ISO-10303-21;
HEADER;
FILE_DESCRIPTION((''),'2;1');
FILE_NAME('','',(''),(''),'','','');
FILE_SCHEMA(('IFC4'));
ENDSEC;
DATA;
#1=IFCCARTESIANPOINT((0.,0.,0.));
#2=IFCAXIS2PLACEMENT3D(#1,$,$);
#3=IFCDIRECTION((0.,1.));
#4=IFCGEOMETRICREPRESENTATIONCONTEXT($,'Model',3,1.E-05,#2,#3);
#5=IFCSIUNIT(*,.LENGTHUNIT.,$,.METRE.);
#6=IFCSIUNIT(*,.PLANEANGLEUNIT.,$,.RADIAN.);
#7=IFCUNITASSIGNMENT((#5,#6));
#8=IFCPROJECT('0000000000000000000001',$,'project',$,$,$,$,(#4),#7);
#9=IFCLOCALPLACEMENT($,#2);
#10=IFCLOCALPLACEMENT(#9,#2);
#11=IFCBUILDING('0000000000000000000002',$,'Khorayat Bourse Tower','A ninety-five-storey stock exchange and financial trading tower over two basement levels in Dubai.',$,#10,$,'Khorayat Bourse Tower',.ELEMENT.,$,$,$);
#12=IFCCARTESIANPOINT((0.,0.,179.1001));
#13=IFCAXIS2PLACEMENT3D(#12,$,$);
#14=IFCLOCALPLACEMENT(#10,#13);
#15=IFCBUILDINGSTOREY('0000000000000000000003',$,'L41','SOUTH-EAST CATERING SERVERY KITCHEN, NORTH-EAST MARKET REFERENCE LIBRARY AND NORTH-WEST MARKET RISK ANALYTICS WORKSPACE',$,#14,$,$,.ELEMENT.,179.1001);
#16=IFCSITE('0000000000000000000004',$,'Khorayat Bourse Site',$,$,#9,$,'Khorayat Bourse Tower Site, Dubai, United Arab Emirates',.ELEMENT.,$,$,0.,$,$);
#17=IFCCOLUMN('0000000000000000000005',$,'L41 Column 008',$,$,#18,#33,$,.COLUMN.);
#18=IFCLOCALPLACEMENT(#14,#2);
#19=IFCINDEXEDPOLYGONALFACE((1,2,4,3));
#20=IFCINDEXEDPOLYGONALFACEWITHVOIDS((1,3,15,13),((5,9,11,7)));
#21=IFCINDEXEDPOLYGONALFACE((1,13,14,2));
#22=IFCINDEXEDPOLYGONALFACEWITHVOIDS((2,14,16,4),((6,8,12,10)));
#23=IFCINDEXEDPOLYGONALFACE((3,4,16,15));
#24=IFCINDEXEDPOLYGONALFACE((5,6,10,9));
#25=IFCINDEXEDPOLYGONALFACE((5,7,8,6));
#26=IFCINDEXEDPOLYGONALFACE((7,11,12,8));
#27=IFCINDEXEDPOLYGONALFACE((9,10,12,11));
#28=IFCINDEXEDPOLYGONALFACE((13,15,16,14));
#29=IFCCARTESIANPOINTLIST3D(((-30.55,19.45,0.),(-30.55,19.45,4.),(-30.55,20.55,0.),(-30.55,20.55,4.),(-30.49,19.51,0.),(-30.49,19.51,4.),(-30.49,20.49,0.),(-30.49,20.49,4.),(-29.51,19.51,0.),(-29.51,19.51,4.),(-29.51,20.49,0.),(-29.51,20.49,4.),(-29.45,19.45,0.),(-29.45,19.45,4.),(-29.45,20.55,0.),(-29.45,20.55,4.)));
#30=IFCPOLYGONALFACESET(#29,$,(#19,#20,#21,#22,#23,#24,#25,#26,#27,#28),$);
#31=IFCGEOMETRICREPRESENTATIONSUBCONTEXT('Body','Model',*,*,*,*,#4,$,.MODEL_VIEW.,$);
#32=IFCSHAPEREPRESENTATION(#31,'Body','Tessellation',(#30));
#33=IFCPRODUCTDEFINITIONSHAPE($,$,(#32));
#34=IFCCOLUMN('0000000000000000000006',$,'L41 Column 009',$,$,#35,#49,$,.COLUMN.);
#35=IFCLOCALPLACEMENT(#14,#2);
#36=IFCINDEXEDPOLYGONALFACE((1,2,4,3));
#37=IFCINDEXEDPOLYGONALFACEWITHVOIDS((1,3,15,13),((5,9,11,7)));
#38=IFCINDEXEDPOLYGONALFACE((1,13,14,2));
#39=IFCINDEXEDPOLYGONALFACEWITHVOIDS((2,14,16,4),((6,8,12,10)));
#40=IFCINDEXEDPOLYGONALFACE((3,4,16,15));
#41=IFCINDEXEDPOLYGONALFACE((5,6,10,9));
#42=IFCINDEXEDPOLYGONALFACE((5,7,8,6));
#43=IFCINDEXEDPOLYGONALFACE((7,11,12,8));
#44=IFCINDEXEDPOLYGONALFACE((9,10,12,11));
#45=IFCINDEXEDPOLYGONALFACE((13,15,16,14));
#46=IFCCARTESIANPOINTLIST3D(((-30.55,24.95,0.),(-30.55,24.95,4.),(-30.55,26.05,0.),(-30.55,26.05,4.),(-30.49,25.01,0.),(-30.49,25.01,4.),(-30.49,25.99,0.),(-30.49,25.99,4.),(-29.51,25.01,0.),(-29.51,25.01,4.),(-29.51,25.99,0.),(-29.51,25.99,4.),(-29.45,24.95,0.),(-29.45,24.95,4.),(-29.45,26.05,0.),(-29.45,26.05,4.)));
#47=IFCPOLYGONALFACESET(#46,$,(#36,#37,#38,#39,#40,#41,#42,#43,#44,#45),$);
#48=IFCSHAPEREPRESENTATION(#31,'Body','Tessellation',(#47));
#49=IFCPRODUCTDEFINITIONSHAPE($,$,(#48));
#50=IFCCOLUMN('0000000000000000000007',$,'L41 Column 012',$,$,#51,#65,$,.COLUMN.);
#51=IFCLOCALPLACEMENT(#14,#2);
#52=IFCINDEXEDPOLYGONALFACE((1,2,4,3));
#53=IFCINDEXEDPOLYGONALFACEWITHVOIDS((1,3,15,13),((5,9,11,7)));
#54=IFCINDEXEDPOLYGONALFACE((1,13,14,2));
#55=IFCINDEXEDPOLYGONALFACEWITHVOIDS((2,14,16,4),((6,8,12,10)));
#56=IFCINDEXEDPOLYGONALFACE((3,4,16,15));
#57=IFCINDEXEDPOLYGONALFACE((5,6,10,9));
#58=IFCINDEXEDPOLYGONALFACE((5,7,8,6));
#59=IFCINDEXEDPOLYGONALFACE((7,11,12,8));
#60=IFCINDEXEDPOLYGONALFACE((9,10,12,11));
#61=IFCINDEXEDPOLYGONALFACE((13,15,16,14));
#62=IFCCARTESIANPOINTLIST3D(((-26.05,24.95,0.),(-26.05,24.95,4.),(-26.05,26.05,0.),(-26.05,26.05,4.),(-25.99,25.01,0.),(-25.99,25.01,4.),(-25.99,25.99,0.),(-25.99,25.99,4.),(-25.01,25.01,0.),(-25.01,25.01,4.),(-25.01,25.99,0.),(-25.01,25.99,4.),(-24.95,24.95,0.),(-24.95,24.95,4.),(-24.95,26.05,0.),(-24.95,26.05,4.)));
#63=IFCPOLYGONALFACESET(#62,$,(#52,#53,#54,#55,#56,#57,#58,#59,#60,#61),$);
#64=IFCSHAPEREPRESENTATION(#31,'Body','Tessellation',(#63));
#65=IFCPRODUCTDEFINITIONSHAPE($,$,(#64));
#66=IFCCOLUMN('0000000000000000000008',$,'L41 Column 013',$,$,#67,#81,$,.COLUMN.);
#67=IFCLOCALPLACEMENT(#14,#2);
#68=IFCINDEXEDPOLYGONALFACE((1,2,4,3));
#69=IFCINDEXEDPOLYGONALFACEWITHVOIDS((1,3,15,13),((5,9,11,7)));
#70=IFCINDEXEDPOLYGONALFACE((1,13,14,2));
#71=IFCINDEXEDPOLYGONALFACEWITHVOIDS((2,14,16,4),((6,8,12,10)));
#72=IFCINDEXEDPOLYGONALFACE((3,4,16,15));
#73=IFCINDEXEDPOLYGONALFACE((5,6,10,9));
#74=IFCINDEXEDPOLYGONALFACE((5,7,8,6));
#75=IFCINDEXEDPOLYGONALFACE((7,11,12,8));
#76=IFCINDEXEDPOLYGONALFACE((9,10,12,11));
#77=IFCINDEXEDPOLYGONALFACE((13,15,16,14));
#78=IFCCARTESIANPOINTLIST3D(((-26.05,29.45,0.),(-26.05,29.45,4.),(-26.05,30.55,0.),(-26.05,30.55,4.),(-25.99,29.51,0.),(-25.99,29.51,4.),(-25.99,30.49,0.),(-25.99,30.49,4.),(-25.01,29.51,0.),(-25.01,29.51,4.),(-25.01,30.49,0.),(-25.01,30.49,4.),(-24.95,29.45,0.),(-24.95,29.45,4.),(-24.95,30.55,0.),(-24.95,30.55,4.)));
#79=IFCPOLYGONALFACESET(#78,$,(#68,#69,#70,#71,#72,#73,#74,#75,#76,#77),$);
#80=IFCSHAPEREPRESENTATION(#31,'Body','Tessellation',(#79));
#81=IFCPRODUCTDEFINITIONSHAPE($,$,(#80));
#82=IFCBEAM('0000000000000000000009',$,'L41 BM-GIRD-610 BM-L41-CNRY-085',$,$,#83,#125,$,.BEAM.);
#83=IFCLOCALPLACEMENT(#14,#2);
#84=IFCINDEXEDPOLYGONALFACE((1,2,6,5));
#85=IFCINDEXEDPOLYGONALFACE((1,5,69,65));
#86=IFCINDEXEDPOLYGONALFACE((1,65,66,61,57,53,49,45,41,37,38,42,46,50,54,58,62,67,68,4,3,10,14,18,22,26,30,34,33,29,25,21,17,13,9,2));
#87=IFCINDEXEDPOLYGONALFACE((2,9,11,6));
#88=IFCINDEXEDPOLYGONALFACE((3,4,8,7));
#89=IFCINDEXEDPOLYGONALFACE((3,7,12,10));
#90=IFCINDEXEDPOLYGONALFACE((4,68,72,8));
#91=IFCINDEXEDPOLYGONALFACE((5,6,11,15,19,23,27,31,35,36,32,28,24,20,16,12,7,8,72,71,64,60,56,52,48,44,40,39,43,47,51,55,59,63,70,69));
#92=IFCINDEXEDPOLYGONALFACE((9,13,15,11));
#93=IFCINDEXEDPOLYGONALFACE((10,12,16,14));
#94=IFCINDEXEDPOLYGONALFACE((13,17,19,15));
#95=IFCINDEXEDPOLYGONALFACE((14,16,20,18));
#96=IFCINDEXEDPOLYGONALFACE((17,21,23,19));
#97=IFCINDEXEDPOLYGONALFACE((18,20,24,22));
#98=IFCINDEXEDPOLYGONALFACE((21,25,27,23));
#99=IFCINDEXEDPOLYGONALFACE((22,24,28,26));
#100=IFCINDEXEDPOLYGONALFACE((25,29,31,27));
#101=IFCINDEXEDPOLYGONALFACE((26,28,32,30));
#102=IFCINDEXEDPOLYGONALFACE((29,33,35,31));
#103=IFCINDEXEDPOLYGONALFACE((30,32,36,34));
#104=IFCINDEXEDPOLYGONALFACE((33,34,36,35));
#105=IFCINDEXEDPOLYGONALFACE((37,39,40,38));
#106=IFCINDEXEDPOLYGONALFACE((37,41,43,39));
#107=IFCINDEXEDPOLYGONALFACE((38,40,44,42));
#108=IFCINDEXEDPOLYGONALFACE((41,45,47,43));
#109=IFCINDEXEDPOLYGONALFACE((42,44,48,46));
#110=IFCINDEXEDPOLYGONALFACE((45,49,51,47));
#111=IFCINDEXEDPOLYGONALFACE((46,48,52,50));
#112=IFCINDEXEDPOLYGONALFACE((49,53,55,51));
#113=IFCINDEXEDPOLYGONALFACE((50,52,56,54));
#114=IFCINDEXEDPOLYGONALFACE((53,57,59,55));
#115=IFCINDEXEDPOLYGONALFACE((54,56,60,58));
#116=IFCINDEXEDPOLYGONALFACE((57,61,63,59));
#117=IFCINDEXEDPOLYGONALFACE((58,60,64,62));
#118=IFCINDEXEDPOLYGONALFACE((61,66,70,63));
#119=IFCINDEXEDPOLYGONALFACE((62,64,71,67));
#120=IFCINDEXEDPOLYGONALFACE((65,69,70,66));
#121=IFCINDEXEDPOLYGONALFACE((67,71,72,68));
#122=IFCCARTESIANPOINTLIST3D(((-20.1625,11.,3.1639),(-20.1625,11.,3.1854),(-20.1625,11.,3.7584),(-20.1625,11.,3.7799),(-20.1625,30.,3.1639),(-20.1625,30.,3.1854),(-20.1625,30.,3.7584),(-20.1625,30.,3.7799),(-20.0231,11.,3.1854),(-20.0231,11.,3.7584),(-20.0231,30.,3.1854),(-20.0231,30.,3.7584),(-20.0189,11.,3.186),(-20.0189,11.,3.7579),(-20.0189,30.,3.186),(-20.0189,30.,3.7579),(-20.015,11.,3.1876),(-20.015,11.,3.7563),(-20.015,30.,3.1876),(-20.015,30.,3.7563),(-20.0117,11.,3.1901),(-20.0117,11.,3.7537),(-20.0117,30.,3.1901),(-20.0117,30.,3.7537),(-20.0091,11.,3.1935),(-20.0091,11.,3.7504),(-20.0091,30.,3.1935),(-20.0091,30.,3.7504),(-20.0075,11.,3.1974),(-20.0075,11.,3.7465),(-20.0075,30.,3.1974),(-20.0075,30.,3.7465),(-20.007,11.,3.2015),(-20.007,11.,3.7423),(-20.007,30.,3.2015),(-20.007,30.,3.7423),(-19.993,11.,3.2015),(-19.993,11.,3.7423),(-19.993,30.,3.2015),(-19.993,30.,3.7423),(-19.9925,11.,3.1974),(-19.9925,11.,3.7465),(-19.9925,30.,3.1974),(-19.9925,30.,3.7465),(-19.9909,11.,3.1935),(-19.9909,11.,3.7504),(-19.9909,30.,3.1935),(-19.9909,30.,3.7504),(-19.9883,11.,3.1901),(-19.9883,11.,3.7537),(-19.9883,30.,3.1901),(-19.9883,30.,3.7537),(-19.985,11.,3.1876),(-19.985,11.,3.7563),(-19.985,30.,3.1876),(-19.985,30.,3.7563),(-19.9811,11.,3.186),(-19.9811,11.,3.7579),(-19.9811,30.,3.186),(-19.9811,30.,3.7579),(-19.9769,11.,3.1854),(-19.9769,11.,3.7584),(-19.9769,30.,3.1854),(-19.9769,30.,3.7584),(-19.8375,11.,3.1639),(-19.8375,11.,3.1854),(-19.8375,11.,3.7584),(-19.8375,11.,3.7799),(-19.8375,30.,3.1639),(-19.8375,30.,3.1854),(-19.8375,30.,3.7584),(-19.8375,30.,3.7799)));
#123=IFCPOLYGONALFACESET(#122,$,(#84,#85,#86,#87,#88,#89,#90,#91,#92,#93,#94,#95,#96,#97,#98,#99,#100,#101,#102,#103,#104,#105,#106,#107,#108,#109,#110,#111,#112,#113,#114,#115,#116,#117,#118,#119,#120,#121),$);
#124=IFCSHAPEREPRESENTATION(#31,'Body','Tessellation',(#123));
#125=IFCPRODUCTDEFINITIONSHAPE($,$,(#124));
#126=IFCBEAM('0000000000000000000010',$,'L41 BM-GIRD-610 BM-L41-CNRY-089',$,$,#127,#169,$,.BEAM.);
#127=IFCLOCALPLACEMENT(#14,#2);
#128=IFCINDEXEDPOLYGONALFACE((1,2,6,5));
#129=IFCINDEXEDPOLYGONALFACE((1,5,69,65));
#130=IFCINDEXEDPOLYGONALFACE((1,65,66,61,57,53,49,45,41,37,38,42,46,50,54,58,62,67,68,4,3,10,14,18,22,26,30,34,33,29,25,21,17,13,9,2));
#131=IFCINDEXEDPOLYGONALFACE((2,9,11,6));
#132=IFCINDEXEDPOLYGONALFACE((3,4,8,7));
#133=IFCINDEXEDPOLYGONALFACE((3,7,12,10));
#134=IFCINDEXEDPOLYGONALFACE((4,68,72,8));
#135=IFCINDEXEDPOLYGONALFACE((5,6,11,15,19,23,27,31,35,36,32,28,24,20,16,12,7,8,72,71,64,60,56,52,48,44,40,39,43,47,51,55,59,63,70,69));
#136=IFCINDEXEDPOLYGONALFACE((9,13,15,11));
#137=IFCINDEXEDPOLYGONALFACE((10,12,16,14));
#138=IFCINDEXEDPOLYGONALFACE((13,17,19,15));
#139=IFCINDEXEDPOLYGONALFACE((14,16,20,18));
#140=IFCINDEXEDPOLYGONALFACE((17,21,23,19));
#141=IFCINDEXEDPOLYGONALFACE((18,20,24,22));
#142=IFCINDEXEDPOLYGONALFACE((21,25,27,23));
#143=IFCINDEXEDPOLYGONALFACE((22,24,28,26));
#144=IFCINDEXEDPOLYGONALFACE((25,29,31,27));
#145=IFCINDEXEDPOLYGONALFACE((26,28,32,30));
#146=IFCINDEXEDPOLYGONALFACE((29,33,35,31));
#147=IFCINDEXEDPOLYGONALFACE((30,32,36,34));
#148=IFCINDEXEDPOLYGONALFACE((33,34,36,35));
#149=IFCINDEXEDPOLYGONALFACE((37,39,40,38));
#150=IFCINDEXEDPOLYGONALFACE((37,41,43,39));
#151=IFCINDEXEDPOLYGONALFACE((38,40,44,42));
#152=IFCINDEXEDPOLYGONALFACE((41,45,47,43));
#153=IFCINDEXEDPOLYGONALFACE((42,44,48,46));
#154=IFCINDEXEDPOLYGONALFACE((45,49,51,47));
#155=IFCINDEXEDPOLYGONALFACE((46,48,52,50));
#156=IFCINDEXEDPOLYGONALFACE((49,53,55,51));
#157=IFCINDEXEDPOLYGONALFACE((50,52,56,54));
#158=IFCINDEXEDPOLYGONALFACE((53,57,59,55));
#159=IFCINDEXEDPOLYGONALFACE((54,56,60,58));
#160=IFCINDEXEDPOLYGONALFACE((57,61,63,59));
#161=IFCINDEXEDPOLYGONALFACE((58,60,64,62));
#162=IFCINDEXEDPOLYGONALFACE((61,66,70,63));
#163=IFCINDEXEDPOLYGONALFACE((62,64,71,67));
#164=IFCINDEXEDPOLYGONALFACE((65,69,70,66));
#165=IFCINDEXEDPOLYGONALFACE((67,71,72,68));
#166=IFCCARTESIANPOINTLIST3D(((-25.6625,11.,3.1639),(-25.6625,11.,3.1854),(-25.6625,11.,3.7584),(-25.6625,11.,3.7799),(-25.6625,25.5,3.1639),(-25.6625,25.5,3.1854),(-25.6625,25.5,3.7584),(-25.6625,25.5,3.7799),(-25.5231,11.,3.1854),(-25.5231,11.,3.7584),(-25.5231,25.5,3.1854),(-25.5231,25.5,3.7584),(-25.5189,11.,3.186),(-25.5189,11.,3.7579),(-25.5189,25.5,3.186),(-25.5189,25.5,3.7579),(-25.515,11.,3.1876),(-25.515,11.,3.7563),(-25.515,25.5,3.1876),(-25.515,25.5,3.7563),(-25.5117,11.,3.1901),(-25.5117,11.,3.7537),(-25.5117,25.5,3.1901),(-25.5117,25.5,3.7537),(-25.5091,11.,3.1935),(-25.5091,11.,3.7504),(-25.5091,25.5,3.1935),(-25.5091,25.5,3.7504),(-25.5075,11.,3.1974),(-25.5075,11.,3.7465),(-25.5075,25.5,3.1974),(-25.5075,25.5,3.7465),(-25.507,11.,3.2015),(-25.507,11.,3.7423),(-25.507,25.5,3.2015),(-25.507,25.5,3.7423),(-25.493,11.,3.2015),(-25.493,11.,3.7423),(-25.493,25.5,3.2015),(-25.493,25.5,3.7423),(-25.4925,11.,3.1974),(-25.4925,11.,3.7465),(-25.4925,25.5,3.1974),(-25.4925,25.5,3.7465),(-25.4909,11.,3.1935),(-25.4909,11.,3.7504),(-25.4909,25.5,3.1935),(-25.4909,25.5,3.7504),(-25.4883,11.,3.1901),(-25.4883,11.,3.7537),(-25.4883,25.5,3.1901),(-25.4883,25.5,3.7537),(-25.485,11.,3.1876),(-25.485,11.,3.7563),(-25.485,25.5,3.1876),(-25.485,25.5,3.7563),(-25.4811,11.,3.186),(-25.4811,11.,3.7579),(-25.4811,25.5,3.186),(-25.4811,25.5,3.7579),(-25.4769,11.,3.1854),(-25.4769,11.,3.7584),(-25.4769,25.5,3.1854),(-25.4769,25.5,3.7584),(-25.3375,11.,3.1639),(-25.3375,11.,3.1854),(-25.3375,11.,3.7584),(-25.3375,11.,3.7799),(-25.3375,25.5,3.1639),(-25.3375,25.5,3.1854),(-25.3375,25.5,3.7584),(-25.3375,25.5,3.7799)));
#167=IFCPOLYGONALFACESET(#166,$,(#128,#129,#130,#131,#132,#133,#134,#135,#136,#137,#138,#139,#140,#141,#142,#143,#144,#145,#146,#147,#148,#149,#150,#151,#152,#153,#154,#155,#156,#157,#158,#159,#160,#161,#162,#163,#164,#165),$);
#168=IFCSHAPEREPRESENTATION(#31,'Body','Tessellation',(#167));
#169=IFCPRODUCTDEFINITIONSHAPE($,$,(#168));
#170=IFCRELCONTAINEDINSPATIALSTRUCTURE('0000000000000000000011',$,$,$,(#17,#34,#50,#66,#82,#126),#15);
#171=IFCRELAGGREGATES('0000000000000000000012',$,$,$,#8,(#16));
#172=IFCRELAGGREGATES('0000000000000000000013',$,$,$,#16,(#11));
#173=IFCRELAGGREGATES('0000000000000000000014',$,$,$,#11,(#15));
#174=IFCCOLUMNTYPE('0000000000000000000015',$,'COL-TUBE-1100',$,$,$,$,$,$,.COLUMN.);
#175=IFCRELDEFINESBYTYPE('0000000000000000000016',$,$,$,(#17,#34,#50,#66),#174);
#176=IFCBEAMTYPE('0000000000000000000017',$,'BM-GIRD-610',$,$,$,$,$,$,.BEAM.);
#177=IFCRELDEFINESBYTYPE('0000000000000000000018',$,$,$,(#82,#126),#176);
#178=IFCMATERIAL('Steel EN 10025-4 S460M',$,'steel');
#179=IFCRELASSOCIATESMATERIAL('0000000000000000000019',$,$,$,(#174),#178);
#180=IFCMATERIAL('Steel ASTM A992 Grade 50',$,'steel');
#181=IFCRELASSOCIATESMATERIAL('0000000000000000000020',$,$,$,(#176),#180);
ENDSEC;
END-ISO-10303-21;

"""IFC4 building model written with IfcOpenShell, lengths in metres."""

from ifc_helpers import new_model, si_unit, direction, frame, origin, origin_2d, place, context, subcontext, project, spatial, hollow_rectangle, i_section, extrude, source, transform, mapped, material, material_profile, profile_set, type_object, element, save


model = new_model("IFC4")

# Units and contexts
model_context = context("Model", 3, precision=1e-05, world=origin(), true_north=direction((0.0, 1.0)))
body_context = subcontext(model_context, "Body", "Model", "MODEL_VIEW")
ifc_project = project(units=[si_unit("LENGTHUNIT", "METRE"), si_unit("PLANEANGLEUNIT", "RADIAN")], contexts=[model_context])

# Site, building, storey
site_placement = place(None, origin())
site = spatial("IfcSite", under=ifc_project, at=site_placement, Name="Khorayat Bourse Site", LongName="Khorayat Bourse Tower Site, Dubai, United Arab Emirates", CompositionType="ELEMENT", RefElevation=0.0)
building_placement = place(site_placement, origin())
building = spatial("IfcBuilding", under=site, at=building_placement, Name="Khorayat Bourse Tower", Description="A ninety-five-storey stock exchange and financial trading tower over two basement levels in Dubai.", LongName="Khorayat Bourse Tower", CompositionType="ELEMENT")
storey_placement = place(building_placement, frame((0.0, 0.0, 179.1001)))
storey = spatial("IfcBuildingStorey", under=building, at=storey_placement, Name="L41", Description="SOUTH-EAST CATERING SERVERY KITCHEN, NORTH-EAST MARKET REFERENCE LIBRARY AND NORTH-WEST MARKET RISK ANALYTICS WORKSPACE", CompositionType="ELEMENT", Elevation=179.1001)

# Columns
ifc_material_1 = material(Name="Steel EN 10025-4 S460M", Category="steel")
ifc_material_profile_1 = material_profile(ifc_material_1, hollow_rectangle(XDim=1.1001, YDim=1.1001, WallThickness=0.0601, at=origin_2d()), Name="BOX 1100x1100x60")
ifc_profile_set_1 = profile_set([ifc_material_profile_1], Name="Steel EN 10025-4 S460M")
column_type = type_object("IfcColumnType", Name="COL-TUBE-1100", PredefinedType="COLUMN", material=ifc_profile_set_1)
shared_shape_1 = source(origin(), body_context, "Body", "SweptSolid", [
    extrude(hollow_rectangle(XDim=1.1001, YDim=1.1001, WallThickness=0.0601, at=origin_2d()), origin(), (0.0, 0.0, 1.0), 4.0),
])
for number, where, z_axis, x_axis, name in (
    (1, (-30.0, 20.0, 0.0), (0.0, 0.0, 1.0), (1.0, 0.0, 0.0), "L41 Column 008"),
    (2, (-30.0, 25.5, 0.0), (0.0, 0.0, 1.0), (1.0, 0.0, 0.0), "L41 Column 009"),
    (3, (-25.5, 25.5, 0.0), (0.0, 0.0, 1.0), (1.0, 0.0, 0.0), "L41 Column 012"),
    (4, (-25.5, 30.0, 0.0), (0.0, 0.0, 1.0), (1.0, 0.0, 0.0), "L41 Column 013"),
):
    element("IfcColumn", number, at=place(storey_placement, frame(where, z_axis=z_axis, x_axis=x_axis)), inside=storey, type_object=column_type, Name=name, PredefinedType="COLUMN", context=body_context, shape_type="MappedRepresentation", body=[
        mapped(shared_shape_1, transform((0.0, 0.0, 0.0), scale=1.0)),
    ])

# Beams
ifc_material_2 = material(Name="Steel ASTM A992 Grade 50", Category="steel")
ifc_material_profile_2 = material_profile(ifc_material_2, i_section(OverallWidth=0.325, OverallDepth=0.616, WebThickness=0.0139, FlangeThickness=0.0215, FilletRadius=0.0161, at=origin_2d()), Name="W610X174")
ifc_profile_set_2 = profile_set([ifc_material_profile_2], Name="Steel ASTM A992 Grade 50")
beam_type_1 = type_object("IfcBeamType", Name="BM-GIRD-610", PredefinedType="BEAM", material=ifc_profile_set_2)
shared_shape_2 = source(origin(), body_context, "Body", "SweptSolid", [
    extrude(i_section(OverallWidth=0.325, OverallDepth=0.616, WebThickness=0.0139, FlangeThickness=0.0215, FilletRadius=0.0161, at=origin_2d()), origin(), (0.0, 0.0, 1.0), 19.0),
])
beam_1_placement = place(storey_placement, frame((-20.0, 11.0, 3.4719), z_axis=(0.0, 1.0, 0.0), x_axis=(-1.0, 0.0, 0.0)))
element("IfcBeam", 5, at=beam_1_placement, inside=storey, type_object=beam_type_1, Name="L41 BM-GIRD-610 BM-L41-CNRY-085", PredefinedType="BEAM", context=body_context, shape_type="MappedRepresentation", body=[
    mapped(shared_shape_2, transform((0.0, 0.0, 0.0), scale=1.0)),
])
shared_shape_3 = source(origin(), body_context, "Body", "SweptSolid", [
    extrude(i_section(OverallWidth=0.325, OverallDepth=0.616, WebThickness=0.0139, FlangeThickness=0.0215, FilletRadius=0.0161, at=origin_2d()), origin(), (0.0, 0.0, 1.0), 14.5),
])
beam_2_placement = place(storey_placement, frame((-25.5, 11.0, 3.4719), z_axis=(0.0, 1.0, 0.0), x_axis=(-1.0, 0.0, 0.0)))
element("IfcBeam", 6, at=beam_2_placement, inside=storey, type_object=beam_type_1, Name="L41 BM-GIRD-610 BM-L41-CNRY-089", PredefinedType="BEAM", context=body_context, shape_type="MappedRepresentation", body=[
    mapped(shared_shape_3, transform((0.0, 0.0, 0.0), scale=1.0)),
])

save(model, "model.ifc")
